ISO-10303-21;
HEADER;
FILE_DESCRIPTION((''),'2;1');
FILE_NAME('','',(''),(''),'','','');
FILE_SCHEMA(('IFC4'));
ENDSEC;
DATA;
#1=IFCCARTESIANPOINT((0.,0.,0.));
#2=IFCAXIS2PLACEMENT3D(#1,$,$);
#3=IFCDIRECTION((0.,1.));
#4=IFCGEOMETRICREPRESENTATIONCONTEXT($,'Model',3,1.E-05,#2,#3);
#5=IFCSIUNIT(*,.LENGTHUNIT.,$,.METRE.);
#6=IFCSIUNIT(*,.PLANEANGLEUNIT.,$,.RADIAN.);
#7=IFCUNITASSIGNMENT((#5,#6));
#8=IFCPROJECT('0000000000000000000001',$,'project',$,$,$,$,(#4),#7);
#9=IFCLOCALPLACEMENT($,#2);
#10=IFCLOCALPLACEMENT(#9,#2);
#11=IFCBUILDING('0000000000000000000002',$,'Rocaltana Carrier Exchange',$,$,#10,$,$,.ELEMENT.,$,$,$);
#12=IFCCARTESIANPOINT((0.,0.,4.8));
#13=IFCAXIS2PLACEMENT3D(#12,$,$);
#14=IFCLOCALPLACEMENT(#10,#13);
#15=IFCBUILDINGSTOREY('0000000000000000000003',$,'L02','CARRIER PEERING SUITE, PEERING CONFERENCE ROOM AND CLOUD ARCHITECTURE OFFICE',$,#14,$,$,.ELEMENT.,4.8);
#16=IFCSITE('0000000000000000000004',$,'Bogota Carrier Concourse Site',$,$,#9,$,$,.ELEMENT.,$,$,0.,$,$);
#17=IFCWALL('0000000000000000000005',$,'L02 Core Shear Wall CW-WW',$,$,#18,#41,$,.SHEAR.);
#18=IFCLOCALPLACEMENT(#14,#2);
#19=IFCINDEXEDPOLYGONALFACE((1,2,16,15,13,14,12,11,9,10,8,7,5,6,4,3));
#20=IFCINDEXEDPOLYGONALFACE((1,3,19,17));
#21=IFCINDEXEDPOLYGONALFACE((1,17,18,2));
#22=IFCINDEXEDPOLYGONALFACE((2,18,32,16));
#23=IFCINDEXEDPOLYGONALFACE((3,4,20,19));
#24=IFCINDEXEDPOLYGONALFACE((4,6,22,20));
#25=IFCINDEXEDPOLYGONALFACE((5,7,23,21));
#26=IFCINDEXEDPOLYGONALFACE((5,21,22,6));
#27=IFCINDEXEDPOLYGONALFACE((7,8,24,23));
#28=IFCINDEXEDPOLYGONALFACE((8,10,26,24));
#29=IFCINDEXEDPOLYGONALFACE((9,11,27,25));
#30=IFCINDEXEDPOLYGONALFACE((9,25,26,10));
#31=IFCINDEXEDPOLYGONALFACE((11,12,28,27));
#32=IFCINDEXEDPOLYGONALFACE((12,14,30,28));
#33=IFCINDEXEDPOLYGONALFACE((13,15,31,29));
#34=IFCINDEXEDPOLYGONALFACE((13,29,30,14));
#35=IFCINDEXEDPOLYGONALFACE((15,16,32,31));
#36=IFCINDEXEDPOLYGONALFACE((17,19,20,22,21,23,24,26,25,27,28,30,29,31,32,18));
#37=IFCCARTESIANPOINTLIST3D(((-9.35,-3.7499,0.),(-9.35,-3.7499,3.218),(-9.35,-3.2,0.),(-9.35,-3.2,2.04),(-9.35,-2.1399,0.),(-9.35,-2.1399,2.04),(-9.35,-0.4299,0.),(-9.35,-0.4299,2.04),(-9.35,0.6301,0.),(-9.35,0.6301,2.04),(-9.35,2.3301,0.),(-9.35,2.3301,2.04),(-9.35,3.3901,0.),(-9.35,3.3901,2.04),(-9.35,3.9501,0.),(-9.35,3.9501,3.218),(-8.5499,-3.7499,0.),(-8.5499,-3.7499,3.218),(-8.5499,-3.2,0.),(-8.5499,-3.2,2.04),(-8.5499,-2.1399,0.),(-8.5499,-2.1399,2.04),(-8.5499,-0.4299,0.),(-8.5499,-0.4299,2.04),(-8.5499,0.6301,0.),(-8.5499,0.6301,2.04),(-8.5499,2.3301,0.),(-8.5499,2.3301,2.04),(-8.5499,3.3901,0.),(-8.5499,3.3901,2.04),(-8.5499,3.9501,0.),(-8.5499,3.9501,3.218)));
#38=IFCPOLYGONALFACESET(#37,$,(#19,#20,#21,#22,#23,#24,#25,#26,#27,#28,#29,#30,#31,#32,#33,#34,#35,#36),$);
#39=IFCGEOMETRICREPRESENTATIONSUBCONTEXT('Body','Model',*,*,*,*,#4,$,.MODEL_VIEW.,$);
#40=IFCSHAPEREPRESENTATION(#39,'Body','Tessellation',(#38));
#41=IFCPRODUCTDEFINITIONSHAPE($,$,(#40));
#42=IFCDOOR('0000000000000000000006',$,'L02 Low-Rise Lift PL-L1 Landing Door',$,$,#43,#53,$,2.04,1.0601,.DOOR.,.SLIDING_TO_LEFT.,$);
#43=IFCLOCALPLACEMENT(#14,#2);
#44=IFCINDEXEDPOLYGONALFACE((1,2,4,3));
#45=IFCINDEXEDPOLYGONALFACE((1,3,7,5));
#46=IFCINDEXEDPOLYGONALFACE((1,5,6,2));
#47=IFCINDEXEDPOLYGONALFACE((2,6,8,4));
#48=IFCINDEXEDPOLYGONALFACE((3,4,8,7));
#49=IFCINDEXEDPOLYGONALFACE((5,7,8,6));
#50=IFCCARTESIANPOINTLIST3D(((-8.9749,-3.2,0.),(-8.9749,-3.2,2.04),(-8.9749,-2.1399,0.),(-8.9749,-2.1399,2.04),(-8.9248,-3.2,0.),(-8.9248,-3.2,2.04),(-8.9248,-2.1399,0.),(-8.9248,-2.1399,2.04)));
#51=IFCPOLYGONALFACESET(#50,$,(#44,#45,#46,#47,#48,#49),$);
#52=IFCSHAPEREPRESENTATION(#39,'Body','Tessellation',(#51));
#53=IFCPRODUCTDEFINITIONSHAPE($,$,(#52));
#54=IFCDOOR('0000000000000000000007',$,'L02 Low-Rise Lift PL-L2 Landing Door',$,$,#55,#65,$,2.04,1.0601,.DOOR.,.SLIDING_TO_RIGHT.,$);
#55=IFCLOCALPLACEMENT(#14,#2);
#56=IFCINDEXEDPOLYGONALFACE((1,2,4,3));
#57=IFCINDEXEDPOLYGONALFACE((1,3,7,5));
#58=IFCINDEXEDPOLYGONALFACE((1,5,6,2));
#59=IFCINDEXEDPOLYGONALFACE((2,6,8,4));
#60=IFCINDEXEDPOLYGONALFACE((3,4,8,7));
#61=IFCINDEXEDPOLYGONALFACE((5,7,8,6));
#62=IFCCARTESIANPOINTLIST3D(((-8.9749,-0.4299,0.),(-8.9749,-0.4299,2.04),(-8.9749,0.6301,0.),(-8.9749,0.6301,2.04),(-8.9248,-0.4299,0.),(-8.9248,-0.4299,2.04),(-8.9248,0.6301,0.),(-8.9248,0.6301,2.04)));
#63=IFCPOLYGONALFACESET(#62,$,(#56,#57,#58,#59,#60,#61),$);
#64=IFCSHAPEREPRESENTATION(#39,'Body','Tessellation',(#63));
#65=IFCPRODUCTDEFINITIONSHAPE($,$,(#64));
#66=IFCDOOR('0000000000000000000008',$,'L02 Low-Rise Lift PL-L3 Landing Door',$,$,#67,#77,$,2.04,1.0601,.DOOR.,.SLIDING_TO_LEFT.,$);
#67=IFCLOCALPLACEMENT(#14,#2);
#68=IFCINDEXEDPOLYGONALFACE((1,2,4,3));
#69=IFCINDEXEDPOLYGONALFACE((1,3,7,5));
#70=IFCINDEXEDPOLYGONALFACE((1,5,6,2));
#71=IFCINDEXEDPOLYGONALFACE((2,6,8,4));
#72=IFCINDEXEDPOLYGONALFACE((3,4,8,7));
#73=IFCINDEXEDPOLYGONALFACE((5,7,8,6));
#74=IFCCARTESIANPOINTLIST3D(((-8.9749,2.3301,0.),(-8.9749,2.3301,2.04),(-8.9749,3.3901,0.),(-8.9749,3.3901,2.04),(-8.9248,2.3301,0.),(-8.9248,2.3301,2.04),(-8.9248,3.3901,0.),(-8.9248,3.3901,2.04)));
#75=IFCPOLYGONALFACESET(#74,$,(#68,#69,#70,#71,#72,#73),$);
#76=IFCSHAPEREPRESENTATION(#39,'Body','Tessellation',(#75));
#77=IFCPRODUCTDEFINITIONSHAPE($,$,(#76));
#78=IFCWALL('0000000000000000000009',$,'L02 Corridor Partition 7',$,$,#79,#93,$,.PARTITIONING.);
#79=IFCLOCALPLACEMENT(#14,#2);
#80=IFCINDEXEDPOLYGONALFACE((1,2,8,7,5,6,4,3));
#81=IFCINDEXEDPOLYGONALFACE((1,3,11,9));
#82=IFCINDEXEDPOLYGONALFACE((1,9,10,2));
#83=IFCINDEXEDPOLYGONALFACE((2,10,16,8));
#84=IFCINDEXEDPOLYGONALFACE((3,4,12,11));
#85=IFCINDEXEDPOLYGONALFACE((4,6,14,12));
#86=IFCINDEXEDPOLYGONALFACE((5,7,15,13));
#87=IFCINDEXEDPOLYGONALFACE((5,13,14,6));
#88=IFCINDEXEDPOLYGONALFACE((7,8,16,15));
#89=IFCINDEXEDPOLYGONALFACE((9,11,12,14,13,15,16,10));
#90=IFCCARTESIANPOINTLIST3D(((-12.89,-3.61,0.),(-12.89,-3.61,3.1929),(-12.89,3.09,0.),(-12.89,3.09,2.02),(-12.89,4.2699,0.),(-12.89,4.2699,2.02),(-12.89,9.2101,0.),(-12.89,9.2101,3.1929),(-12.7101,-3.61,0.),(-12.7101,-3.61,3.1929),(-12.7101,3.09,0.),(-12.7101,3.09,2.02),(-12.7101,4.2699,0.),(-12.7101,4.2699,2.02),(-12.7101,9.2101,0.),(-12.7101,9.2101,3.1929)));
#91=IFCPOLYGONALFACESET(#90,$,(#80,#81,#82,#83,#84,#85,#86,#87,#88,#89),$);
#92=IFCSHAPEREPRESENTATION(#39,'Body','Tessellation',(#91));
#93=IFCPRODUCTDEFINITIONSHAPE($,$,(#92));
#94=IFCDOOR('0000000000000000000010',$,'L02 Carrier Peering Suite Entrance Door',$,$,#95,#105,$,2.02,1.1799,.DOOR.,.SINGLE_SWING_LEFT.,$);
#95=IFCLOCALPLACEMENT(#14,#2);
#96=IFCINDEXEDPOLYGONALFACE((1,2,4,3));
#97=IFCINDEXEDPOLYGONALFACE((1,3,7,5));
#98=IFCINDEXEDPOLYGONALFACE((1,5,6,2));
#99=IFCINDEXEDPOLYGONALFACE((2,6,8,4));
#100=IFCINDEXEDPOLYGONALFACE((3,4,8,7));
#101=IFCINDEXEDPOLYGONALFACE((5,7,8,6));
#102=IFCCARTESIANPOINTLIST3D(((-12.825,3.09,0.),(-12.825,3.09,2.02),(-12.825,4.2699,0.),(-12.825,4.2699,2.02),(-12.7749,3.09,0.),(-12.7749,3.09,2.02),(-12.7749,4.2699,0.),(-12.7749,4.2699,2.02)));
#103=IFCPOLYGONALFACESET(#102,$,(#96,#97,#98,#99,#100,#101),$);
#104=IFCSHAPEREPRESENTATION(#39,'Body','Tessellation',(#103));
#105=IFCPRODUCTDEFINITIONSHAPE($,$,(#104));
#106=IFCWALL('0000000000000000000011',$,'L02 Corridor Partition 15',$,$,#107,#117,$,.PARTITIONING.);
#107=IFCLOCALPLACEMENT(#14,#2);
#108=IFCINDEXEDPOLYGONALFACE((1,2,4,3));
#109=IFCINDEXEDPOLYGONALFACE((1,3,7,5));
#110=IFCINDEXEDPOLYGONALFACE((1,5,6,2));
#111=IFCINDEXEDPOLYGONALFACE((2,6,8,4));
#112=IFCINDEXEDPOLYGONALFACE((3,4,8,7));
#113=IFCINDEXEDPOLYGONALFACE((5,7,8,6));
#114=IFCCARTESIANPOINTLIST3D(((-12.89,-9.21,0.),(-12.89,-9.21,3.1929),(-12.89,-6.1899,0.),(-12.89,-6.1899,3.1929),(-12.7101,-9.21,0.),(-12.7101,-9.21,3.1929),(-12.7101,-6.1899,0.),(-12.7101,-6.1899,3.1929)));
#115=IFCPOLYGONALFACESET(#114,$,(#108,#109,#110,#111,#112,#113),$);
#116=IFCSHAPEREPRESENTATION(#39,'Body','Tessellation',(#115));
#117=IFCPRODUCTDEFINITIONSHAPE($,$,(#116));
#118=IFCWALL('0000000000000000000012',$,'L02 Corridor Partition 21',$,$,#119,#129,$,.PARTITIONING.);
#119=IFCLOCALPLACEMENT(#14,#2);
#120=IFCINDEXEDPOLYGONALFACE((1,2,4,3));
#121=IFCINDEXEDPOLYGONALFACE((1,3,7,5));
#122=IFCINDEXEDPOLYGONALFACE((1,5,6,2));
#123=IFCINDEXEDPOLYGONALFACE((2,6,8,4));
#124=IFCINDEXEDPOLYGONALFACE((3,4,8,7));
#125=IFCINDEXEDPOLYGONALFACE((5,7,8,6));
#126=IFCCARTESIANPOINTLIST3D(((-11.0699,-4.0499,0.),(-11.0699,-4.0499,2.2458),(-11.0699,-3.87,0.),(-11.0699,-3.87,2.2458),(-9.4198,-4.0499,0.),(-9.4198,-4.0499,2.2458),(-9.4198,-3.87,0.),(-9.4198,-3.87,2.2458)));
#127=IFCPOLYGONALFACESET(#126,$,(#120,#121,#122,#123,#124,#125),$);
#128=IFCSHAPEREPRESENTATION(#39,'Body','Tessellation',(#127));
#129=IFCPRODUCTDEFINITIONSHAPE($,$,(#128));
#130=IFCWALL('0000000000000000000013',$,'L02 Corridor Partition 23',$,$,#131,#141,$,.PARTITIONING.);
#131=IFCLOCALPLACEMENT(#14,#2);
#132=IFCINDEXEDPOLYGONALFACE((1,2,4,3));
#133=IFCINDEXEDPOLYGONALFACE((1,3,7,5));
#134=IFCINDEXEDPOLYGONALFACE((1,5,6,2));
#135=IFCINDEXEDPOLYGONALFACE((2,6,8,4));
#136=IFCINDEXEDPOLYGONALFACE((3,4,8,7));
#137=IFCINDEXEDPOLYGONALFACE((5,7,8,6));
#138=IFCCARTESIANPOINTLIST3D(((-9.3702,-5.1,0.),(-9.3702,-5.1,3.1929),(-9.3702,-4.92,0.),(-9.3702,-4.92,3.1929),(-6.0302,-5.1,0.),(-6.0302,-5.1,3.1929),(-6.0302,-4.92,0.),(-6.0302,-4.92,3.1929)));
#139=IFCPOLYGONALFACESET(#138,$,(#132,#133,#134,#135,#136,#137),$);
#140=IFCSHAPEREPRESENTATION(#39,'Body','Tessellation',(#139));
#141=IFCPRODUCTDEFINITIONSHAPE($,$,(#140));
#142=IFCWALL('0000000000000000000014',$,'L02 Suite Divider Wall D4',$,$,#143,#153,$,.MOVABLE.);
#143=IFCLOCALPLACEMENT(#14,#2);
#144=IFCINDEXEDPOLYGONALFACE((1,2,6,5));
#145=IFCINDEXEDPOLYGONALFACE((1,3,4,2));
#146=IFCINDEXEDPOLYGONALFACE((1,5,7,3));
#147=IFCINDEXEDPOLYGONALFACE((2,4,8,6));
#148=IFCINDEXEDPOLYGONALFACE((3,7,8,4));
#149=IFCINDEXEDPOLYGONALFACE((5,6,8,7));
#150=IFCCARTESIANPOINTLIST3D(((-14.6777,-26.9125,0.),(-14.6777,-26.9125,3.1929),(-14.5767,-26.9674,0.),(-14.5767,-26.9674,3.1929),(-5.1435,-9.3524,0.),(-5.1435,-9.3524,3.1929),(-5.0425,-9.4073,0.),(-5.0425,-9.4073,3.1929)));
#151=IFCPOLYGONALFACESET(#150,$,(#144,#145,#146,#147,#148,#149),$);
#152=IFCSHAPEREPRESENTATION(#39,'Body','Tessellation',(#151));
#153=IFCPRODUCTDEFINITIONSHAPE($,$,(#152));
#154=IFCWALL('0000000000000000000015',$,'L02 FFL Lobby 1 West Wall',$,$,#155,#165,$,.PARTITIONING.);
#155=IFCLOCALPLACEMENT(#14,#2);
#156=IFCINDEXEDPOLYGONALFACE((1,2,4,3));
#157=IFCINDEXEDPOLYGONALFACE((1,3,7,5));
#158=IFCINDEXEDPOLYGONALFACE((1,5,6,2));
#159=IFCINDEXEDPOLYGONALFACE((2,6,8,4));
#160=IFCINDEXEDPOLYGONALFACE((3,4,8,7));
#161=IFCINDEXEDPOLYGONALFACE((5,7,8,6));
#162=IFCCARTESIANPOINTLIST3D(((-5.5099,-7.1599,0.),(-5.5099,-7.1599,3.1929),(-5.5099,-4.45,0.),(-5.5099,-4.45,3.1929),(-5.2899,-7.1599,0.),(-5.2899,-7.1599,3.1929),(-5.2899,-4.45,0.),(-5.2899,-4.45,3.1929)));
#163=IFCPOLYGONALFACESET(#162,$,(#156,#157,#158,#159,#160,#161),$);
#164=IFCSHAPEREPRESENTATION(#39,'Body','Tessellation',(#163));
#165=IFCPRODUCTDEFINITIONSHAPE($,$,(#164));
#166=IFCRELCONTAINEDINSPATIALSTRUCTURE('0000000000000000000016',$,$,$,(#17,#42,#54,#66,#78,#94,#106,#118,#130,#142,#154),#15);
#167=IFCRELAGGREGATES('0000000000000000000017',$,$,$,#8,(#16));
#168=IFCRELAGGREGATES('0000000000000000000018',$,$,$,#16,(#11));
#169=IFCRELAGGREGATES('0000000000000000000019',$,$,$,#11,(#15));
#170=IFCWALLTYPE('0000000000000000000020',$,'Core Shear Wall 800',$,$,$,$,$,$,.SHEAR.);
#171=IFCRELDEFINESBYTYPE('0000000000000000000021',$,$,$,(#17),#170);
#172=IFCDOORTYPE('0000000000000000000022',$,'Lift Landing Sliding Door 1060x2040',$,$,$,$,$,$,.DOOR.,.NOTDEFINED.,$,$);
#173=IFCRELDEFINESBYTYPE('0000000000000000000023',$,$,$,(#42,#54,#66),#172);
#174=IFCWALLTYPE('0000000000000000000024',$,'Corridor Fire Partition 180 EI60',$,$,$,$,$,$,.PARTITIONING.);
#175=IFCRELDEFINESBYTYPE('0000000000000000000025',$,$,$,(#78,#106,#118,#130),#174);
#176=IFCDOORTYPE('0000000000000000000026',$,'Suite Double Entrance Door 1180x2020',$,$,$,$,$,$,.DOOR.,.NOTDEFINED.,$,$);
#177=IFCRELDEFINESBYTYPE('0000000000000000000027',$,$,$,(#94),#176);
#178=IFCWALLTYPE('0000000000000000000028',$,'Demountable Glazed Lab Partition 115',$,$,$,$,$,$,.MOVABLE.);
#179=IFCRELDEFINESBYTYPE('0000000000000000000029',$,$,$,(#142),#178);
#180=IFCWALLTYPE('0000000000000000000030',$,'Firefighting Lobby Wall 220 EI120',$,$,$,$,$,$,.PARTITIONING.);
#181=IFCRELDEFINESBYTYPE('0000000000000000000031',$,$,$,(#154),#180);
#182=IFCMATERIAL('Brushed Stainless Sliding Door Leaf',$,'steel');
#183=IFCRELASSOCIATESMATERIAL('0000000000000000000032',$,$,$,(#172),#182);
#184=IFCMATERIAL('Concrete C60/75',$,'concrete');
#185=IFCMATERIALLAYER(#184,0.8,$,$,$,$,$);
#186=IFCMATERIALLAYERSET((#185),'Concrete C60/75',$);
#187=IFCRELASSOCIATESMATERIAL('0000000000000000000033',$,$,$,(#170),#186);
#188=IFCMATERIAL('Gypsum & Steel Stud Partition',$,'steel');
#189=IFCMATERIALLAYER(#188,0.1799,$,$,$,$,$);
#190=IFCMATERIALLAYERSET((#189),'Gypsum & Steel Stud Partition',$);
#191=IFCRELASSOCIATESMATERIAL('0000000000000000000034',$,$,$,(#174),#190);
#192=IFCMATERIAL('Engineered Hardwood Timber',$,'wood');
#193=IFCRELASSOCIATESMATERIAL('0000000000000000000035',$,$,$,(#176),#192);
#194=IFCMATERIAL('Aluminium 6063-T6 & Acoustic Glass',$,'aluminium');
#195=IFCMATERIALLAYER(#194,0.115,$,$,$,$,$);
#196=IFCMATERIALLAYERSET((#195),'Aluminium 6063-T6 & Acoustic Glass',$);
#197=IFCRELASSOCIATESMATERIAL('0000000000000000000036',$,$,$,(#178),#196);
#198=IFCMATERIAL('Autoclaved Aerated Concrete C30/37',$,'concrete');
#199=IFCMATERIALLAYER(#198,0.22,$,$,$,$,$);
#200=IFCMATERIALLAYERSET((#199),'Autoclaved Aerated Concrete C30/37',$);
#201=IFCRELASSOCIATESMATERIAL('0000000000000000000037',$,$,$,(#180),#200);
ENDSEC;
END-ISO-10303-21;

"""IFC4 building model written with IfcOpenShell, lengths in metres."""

from ifc_helpers import new_model, si_unit, direction, frame, frame_2d, origin, place, context, subcontext, project, spatial, rectangle, extrude, material, layer, layer_set, type_object, element, fill, save


model = new_model("IFC4")

# Units and contexts
model_context = context("Model", 3, precision=1e-05, world=origin(), true_north=direction((0.0, 1.0)))
body_context = subcontext(model_context, "Body", "Model", "MODEL_VIEW")
ifc_project = project(units=[si_unit("LENGTHUNIT", "METRE"), si_unit("PLANEANGLEUNIT", "RADIAN")], contexts=[model_context])

# Site, building, storey
site_placement = place(None, origin())
site = spatial("IfcSite", under=ifc_project, at=site_placement, Name="Bogota Carrier Concourse Site", CompositionType="ELEMENT", RefElevation=0.0)
building_placement = place(site_placement, origin())
building = spatial("IfcBuilding", under=site, at=building_placement, Name="Rocaltana Carrier Exchange", CompositionType="ELEMENT")
storey_placement = place(building_placement, frame((0.0, 0.0, 4.8)))
storey = spatial("IfcBuildingStorey", under=building, at=storey_placement, Name="L02", Description="CARRIER PEERING SUITE, PEERING CONFERENCE ROOM AND CLOUD ARCHITECTURE OFFICE", CompositionType="ELEMENT", Elevation=4.8)

# Shared definitions
ifc_material_1 = material(Name="Brushed Stainless Sliding Door Leaf", Category="steel")
door_type_1 = type_object("IfcDoorType", Name="Lift Landing Sliding Door 1060x2040", OperationType="NOTDEFINED", PredefinedType="DOOR", material=ifc_material_1)

# Shared definitions
ifc_material_2 = material(Name="Concrete C60/75", Category="concrete")
ifc_layer_1 = layer(ifc_material_2, 0.8)
ifc_layer_set_1 = layer_set([ifc_layer_1], Name="Concrete C60/75")
wall_type_1 = type_object("IfcWallType", Name="Core Shear Wall 800", PredefinedType="SHEAR", material=ifc_layer_set_1)

# Wall, openings, doors
wall_1_placement = place(storey_placement, frame((-8.95, -3.75, 0.0), z_axis=(0.0, 0.0, 1.0), x_axis=(0.0, 1.0, 0.0)))
wall_1 = element("IfcWall", 1, at=wall_1_placement, inside=storey, type_object=wall_type_1, Name="L02 Core Shear Wall CW-WW", PredefinedType="SHEAR", context=body_context, shape_type="SweptSolid", body=[
    extrude(rectangle(XDim=7.7, YDim=0.8, at=frame_2d((3.8501, 0.0))), origin(), (0.0, 0.0, 1.0), 3.218),
])
opening_1_placement = place(wall_1_placement, frame((0.55, 0.0, 0.0)))
opening_1 = element("IfcOpeningElement", 2, at=opening_1_placement, cuts=wall_1, PredefinedType="OPENING", context=body_context, shape_type="SweptSolid", body=[
    extrude(rectangle(XDim=1.0601, YDim=2.04, at=frame_2d((0.53, 1.02))), frame((0.0, 0.4099, 0.0), z_axis=(0.0, -1.0, 0.0), x_axis=(1.0, 0.0, 0.0)), (0.0, 0.0, 1.0), 0.8201),
])
opening_2_placement = place(wall_1_placement, frame((3.3201, 0.0, 0.0)))
opening_2 = element("IfcOpeningElement", 3, at=opening_2_placement, cuts=wall_1, PredefinedType="OPENING", context=body_context, shape_type="SweptSolid", body=[
    extrude(rectangle(XDim=1.0601, YDim=2.04, at=frame_2d((0.53, 1.02))), frame((0.0, 0.4099, 0.0), z_axis=(0.0, -1.0, 0.0), x_axis=(1.0, 0.0, 0.0)), (0.0, 0.0, 1.0), 0.8201),
])
opening_3_placement = place(wall_1_placement, frame((6.0801, 0.0, 0.0)))
opening_3 = element("IfcOpeningElement", 4, at=opening_3_placement, cuts=wall_1, PredefinedType="OPENING", context=body_context, shape_type="SweptSolid", body=[
    extrude(rectangle(XDim=1.0601, YDim=2.04, at=frame_2d((0.53, 1.02))), frame((0.0, 0.4099, 0.0), z_axis=(0.0, -1.0, 0.0), x_axis=(1.0, 0.0, 0.0)), (0.0, 0.0, 1.0), 0.8201),
])
door_1_placement = place(opening_1_placement, origin())
door_1 = element("IfcDoor", 5, at=door_1_placement, inside=storey, type_object=door_type_1, Name="L02 Low-Rise Lift PL-L1 Landing Door", OperationType="SLIDING_TO_LEFT", OverallHeight=2.04, OverallWidth=1.0601, PredefinedType="DOOR", context=body_context, shape_type="SweptSolid", body=[
    extrude(rectangle(XDim=1.0601, YDim=2.04, at=frame_2d((0.53, 1.02))), frame((0.0, 0.0249, 0.0), z_axis=(0.0, -1.0, 0.0), x_axis=(1.0, 0.0, 0.0)), (0.0, 0.0, 1.0), 0.05),
])
fill(opening_1, door_1)
door_2_placement = place(opening_2_placement, origin())
door_2 = element("IfcDoor", 6, at=door_2_placement, inside=storey, type_object=door_type_1, Name="L02 Low-Rise Lift PL-L2 Landing Door", OperationType="SLIDING_TO_RIGHT", OverallHeight=2.04, OverallWidth=1.0601, PredefinedType="DOOR", context=body_context, shape_type="SweptSolid", body=[
    extrude(rectangle(XDim=1.0601, YDim=2.04, at=frame_2d((0.53, 1.02))), frame((0.0, 0.0249, 0.0), z_axis=(0.0, -1.0, 0.0), x_axis=(1.0, 0.0, 0.0)), (0.0, 0.0, 1.0), 0.05),
])
fill(opening_2, door_2)
door_3_placement = place(opening_3_placement, origin())
door_3 = element("IfcDoor", 7, at=door_3_placement, inside=storey, type_object=door_type_1, Name="L02 Low-Rise Lift PL-L3 Landing Door", OperationType="SLIDING_TO_LEFT", OverallHeight=2.04, OverallWidth=1.0601, PredefinedType="DOOR", context=body_context, shape_type="SweptSolid", body=[
    extrude(rectangle(XDim=1.0601, YDim=2.04, at=frame_2d((0.53, 1.02))), frame((0.0, 0.0249, 0.0), z_axis=(0.0, -1.0, 0.0), x_axis=(1.0, 0.0, 0.0)), (0.0, 0.0, 1.0), 0.05),
])
fill(opening_3, door_3)

# Wall, opening, door
ifc_material_3 = material(Name="Gypsum & Steel Stud Partition", Category="steel")
ifc_layer_2 = layer(ifc_material_3, 0.1799)
ifc_layer_set_2 = layer_set([ifc_layer_2], Name="Gypsum & Steel Stud Partition")
wall_type_2 = type_object("IfcWallType", Name="Corridor Fire Partition 180 EI60", PredefinedType="PARTITIONING", material=ifc_layer_set_2)
wall_2_placement = place(storey_placement, frame((-12.8, -3.6101, 0.0), z_axis=(0.0, 0.0, 1.0), x_axis=(0.0, 1.0, 0.0)))
wall_2 = element("IfcWall", 8, at=wall_2_placement, inside=storey, type_object=wall_type_2, Name="L02 Corridor Partition 7", PredefinedType="PARTITIONING", context=body_context, shape_type="SweptSolid", body=[
    extrude(rectangle(XDim=12.8201, YDim=0.1799, at=frame_2d((6.4102, 0.0))), origin(), (0.0, 0.0, 1.0), 3.1929),
])
opening_4_placement = place(wall_2_placement, frame((6.7002, 0.0, 0.0)))
opening_4 = element("IfcOpeningElement", 9, at=opening_4_placement, cuts=wall_2, PredefinedType="OPENING", context=body_context, shape_type="SweptSolid", body=[
    extrude(rectangle(XDim=1.1799, YDim=2.02, at=frame_2d((0.5898, 1.01))), frame((0.0, 0.0999, 0.0), z_axis=(0.0, -1.0, 0.0), x_axis=(1.0, 0.0, 0.0)), (0.0, 0.0, 1.0), 0.2),
])
ifc_material_4 = material(Name="Engineered Hardwood Timber", Category="wood")
door_type_2 = type_object("IfcDoorType", Name="Suite Double Entrance Door 1180x2020", OperationType="NOTDEFINED", PredefinedType="DOOR", material=ifc_material_4)
door_4_placement = place(opening_4_placement, origin())
door_4 = element("IfcDoor", 10, at=door_4_placement, inside=storey, type_object=door_type_2, Name="L02 Carrier Peering Suite Entrance Door", OperationType="SINGLE_SWING_LEFT", OverallHeight=2.02, OverallWidth=1.1799, PredefinedType="DOOR", context=body_context, shape_type="SweptSolid", body=[
    extrude(rectangle(XDim=1.1799, YDim=2.02, at=frame_2d((0.5898, 1.01))), frame((0.0, 0.0249, 0.0), z_axis=(0.0, -1.0, 0.0), x_axis=(1.0, 0.0, 0.0)), (0.0, 0.0, 1.0), 0.05),
])
fill(opening_4, door_4)

# Walls
wall_3_placement = place(storey_placement, frame((-12.8, -9.21, 0.0), z_axis=(0.0, 0.0, 1.0), x_axis=(0.0, 1.0, 0.0)))
element("IfcWall", 11, at=wall_3_placement, inside=storey, type_object=wall_type_2, Name="L02 Corridor Partition 15", PredefinedType="PARTITIONING", context=body_context, shape_type="SweptSolid", body=[
    extrude(rectangle(XDim=3.02, YDim=0.1799, at=frame_2d((1.51, 0.0))), origin(), (0.0, 0.0, 1.0), 3.1929),
])
wall_4_placement = place(storey_placement, frame((-11.0701, -3.96, 0.0), z_axis=(0.0, 0.0, 1.0), x_axis=(1.0, 0.0, 0.0)))
element("IfcWall", 12, at=wall_4_placement, inside=storey, type_object=wall_type_2, Name="L02 Corridor Partition 21", PredefinedType="PARTITIONING", context=body_context, shape_type="SweptSolid", body=[
    extrude(rectangle(XDim=1.6501, YDim=0.1799, at=frame_2d((0.8252, 0.0))), origin(), (0.0, 0.0, 1.0), 2.2458),
])
wall_5_placement = place(storey_placement, frame((-9.3701, -5.01, 0.0), z_axis=(0.0, 0.0, 1.0), x_axis=(1.0, 0.0, 0.0)))
element("IfcWall", 13, at=wall_5_placement, inside=storey, type_object=wall_type_2, Name="L02 Corridor Partition 23", PredefinedType="PARTITIONING", context=body_context, shape_type="SweptSolid", body=[
    extrude(rectangle(XDim=3.3401, YDim=0.1799, at=frame_2d((1.6699, 0.0))), origin(), (0.0, 0.0, 1.0), 3.1929),
])
ifc_material_5 = material(Name="Aluminium 6063-T6 & Acoustic Glass", Category="aluminium")
ifc_layer_3 = layer(ifc_material_5, 0.115)
ifc_layer_set_3 = layer_set([ifc_layer_3], Name="Aluminium 6063-T6 & Acoustic Glass")
wall_type_3 = type_object("IfcWallType", Name="Demountable Glazed Lab Partition 115", PredefinedType="MOVABLE", material=ifc_layer_set_3)
wall_6_placement = place(storey_placement, frame((-5.093, -9.3799, 0.0), z_axis=(0.0, 0.0, 1.0), x_axis=(-0.477153, -0.87882, 0.0)))
element("IfcWall", 14, at=wall_6_placement, inside=storey, type_object=wall_type_3, Name="L02 Suite Divider Wall D4", PredefinedType="MOVABLE", context=body_context, shape_type="SweptSolid", body=[
    extrude(rectangle(XDim=19.9814, YDim=0.115, at=frame_2d((9.9907, 0.0))), origin(), (0.0, 0.0, 1.0), 3.1929),
])
ifc_material_6 = material(Name="Autoclaved Aerated Concrete C30/37", Category="concrete")
ifc_layer_4 = layer(ifc_material_6, 0.22)
ifc_layer_set_4 = layer_set([ifc_layer_4], Name="Autoclaved Aerated Concrete C30/37")
wall_type_4 = type_object("IfcWallType", Name="Firefighting Lobby Wall 220 EI120", PredefinedType="PARTITIONING", material=ifc_layer_set_4)
wall_7_placement = place(storey_placement, frame((-5.3999, -7.1599, 0.0), z_axis=(0.0, 0.0, 1.0), x_axis=(0.0, 1.0, 0.0)))
element("IfcWall", 15, at=wall_7_placement, inside=storey, type_object=wall_type_4, Name="L02 FFL Lobby 1 West Wall", PredefinedType="PARTITIONING", context=body_context, shape_type="SweptSolid", body=[
    extrude(rectangle(XDim=2.71, YDim=0.22, at=frame_2d((1.355, 0.0))), origin(), (0.0, 0.0, 1.0), 3.1929),
])

save(model, "model.ifc")
